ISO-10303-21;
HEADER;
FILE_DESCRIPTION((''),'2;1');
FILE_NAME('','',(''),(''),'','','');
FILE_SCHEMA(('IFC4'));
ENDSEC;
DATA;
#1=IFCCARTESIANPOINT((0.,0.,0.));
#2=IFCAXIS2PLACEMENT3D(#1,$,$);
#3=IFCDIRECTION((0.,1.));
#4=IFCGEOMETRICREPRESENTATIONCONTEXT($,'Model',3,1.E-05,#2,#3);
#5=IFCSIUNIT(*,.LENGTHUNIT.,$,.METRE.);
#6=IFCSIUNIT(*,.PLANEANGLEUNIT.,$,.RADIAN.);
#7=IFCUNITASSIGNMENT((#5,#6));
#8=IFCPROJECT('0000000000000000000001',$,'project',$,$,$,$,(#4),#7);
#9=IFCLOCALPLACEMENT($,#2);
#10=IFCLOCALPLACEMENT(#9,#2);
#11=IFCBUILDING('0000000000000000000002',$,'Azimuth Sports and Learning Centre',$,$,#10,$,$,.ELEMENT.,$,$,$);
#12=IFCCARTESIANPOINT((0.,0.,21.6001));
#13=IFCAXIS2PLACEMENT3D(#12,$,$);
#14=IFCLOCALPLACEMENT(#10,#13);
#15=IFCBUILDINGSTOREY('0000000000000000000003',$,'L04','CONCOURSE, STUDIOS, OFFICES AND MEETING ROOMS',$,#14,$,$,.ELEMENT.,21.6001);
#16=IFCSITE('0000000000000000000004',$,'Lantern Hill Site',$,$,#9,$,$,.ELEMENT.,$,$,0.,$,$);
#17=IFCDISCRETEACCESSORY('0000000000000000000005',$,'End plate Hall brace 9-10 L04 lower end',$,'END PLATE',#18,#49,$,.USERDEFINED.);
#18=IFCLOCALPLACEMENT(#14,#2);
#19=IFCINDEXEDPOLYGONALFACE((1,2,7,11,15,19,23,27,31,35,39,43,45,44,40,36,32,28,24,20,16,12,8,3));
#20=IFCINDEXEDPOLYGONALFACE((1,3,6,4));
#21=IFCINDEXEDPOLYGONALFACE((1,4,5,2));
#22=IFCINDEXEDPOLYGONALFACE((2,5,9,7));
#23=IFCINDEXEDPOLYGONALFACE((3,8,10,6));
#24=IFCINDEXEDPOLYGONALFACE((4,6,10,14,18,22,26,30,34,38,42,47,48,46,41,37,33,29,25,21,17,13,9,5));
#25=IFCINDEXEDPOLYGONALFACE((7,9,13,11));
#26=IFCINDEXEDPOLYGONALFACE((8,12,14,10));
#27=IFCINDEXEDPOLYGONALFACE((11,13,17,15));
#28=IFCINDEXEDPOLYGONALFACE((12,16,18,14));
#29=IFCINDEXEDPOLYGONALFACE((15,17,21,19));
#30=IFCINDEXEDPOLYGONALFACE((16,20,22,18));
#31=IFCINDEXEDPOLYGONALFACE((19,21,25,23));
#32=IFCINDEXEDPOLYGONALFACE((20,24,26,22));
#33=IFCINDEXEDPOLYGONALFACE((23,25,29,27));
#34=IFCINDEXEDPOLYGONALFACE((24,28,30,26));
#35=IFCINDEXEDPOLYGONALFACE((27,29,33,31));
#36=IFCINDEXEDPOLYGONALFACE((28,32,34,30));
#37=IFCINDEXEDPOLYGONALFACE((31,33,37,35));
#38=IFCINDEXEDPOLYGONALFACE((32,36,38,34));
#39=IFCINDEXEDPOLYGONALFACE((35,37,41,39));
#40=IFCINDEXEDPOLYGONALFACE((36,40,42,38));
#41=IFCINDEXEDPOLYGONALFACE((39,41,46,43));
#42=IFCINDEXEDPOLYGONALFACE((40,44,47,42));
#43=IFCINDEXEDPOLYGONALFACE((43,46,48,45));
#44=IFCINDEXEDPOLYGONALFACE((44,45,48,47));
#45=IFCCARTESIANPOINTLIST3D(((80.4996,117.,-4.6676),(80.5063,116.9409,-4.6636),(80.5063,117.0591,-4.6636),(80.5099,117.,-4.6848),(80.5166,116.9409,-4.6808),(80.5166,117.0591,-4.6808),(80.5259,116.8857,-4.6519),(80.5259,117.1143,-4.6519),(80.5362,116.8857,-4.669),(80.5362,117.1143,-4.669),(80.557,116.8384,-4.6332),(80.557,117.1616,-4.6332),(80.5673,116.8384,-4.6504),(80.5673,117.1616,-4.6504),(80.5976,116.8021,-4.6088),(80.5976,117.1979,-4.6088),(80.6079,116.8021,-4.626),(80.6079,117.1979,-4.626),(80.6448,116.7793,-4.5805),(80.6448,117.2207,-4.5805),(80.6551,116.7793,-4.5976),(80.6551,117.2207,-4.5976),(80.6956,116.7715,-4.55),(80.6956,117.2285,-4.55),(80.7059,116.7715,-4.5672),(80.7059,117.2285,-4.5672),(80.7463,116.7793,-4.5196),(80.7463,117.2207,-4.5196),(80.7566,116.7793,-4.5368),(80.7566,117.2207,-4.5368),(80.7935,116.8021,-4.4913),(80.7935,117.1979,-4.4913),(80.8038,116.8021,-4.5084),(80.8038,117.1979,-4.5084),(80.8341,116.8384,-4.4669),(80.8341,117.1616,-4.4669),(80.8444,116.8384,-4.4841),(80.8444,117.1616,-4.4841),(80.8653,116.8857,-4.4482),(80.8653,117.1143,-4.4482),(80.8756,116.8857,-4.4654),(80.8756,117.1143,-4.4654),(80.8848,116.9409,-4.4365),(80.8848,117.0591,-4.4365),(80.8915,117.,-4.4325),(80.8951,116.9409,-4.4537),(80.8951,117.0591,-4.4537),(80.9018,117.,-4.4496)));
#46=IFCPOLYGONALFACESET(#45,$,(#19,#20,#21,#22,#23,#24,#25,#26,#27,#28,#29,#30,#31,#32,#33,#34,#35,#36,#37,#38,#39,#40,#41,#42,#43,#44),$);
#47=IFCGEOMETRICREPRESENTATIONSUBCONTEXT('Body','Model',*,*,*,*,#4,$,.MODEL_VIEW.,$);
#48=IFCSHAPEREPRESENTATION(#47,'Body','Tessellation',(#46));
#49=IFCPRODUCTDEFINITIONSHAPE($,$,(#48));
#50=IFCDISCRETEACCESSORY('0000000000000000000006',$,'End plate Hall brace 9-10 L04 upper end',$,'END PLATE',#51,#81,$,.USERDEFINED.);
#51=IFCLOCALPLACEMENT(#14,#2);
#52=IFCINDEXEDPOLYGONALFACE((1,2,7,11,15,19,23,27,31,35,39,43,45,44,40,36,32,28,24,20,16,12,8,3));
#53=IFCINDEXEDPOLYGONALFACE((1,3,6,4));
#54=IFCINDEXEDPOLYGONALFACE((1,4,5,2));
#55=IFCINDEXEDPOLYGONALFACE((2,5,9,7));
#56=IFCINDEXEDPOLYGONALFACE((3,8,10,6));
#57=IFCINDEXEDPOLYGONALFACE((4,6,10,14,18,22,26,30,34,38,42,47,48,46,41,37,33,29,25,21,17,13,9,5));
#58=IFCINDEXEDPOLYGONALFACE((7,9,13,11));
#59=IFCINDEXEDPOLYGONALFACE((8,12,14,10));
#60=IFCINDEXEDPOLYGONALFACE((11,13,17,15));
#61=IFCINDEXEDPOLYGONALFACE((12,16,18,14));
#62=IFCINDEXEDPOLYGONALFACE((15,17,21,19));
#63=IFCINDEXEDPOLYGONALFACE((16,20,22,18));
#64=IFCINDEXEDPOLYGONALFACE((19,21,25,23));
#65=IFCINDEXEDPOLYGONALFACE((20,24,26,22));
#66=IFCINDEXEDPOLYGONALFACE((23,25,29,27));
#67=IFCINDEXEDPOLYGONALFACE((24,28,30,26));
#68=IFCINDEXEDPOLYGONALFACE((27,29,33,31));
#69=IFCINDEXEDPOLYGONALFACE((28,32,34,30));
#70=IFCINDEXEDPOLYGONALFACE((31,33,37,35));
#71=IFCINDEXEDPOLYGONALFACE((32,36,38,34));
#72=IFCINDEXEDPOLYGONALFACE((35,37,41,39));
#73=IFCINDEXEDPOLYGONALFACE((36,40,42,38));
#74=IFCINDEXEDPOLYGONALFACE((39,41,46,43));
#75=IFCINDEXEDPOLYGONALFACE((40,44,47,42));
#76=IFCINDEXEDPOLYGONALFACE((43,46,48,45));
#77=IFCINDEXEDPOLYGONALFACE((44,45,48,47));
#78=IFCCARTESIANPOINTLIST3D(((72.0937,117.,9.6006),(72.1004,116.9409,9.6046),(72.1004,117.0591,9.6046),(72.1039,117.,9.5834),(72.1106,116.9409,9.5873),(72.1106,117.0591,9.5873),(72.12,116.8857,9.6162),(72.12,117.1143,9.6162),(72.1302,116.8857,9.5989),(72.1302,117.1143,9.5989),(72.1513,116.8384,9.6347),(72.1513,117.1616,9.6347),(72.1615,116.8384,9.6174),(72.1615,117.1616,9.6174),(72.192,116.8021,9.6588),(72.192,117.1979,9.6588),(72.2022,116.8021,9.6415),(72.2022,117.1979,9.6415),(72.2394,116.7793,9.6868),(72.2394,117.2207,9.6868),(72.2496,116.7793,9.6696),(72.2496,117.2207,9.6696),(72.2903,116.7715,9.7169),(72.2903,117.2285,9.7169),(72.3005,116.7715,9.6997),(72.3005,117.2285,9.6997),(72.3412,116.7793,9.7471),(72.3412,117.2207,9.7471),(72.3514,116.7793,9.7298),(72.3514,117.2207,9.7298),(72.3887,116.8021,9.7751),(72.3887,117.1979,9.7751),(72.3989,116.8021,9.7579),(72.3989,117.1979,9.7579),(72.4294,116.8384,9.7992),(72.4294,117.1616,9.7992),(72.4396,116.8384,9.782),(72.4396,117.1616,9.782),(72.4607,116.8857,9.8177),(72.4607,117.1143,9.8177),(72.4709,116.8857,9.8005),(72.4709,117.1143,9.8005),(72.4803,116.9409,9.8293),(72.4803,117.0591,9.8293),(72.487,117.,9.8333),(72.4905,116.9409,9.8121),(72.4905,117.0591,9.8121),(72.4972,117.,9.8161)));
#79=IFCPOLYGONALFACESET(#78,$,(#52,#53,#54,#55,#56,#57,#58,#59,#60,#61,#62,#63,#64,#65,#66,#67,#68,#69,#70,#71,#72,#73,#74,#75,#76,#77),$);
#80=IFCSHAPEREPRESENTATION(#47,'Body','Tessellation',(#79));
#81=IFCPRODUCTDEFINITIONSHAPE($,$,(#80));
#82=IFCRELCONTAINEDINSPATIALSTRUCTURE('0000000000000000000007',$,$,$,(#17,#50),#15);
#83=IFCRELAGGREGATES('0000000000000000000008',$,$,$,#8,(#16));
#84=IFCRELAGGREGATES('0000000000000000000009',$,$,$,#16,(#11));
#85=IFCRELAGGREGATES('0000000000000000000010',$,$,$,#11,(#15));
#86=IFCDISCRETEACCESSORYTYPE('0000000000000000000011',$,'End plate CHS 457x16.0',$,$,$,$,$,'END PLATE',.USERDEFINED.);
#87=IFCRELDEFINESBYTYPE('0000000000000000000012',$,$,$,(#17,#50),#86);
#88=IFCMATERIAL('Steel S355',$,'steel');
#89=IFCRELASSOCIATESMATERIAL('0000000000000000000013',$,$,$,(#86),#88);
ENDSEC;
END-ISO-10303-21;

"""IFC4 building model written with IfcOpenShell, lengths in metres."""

from ifc_helpers import new_model, si_unit, direction, frame, origin, origin_2d, place, context, subcontext, project, spatial, circle, extrude, material, material_profile, profile_set, type_object, element, save


model = new_model("IFC4")

# Units and contexts
model_context = context("Model", 3, precision=1e-05, world=origin(), true_north=direction((0.0, 1.0)))
body_context = subcontext(model_context, "Body", "Model", "MODEL_VIEW")
ifc_project = project(units=[si_unit("LENGTHUNIT", "METRE"), si_unit("PLANEANGLEUNIT", "RADIAN")], contexts=[model_context])

# Site, building, storey
site_placement = place(None, origin())
site = spatial("IfcSite", under=ifc_project, at=site_placement, Name="Lantern Hill Site", CompositionType="ELEMENT", RefElevation=0.0)
building_placement = place(site_placement, origin())
building = spatial("IfcBuilding", under=site, at=building_placement, Name="Azimuth Sports and Learning Centre", CompositionType="ELEMENT")
storey_placement = place(building_placement, frame((0.0, 0.0, 21.6001)))
storey = spatial("IfcBuildingStorey", under=building, at=storey_placement, Name="L04", Description="CONCOURSE, STUDIOS, OFFICES AND MEETING ROOMS", CompositionType="ELEMENT", Elevation=21.6001)

# Discrete accessories
ifc_material_1 = material(Name="Steel S355", Category="steel")
ifc_material_profile_1 = material_profile(ifc_material_1, circle(Radius=0.2285, at=origin_2d()), Name="PL 457 DISC")
ifc_profile_set_1 = profile_set([ifc_material_profile_1], Name="Steel S355")
discrete_accessory_type_1 = type_object("IfcDiscreteAccessoryType", Name="End plate CHS 457x16.0", ElementType="END PLATE", PredefinedType="USERDEFINED", material=ifc_profile_set_1)
for number, where, z_axis, x_axis, name in (
    (1, (80.6956, 117.0, -4.55), (0.514496, 0.0, -0.857493), (0.0, 1.0, 0.0), "End plate Hall brace 9-10 L04 lower end"),
    (2, (72.3005, 117.0, 9.6997), (-0.509138, 0.0, 0.860685), (0.0, -1.0, 0.0), "End plate Hall brace 9-10 L04 upper end"),
):
    element("IfcDiscreteAccessory", number, at=place(storey_placement, frame(where, z_axis=z_axis, x_axis=x_axis)), inside=storey, type_object=discrete_accessory_type_1, Name=name, ObjectType="END PLATE", PredefinedType="USERDEFINED", context=body_context, shape_type="SweptSolid", body=[
        extrude(circle(Radius=0.2285, at=origin_2d()), origin(), (0.0, 0.0, 1.0), 0.02),
    ])

save(model, "model.ifc")
